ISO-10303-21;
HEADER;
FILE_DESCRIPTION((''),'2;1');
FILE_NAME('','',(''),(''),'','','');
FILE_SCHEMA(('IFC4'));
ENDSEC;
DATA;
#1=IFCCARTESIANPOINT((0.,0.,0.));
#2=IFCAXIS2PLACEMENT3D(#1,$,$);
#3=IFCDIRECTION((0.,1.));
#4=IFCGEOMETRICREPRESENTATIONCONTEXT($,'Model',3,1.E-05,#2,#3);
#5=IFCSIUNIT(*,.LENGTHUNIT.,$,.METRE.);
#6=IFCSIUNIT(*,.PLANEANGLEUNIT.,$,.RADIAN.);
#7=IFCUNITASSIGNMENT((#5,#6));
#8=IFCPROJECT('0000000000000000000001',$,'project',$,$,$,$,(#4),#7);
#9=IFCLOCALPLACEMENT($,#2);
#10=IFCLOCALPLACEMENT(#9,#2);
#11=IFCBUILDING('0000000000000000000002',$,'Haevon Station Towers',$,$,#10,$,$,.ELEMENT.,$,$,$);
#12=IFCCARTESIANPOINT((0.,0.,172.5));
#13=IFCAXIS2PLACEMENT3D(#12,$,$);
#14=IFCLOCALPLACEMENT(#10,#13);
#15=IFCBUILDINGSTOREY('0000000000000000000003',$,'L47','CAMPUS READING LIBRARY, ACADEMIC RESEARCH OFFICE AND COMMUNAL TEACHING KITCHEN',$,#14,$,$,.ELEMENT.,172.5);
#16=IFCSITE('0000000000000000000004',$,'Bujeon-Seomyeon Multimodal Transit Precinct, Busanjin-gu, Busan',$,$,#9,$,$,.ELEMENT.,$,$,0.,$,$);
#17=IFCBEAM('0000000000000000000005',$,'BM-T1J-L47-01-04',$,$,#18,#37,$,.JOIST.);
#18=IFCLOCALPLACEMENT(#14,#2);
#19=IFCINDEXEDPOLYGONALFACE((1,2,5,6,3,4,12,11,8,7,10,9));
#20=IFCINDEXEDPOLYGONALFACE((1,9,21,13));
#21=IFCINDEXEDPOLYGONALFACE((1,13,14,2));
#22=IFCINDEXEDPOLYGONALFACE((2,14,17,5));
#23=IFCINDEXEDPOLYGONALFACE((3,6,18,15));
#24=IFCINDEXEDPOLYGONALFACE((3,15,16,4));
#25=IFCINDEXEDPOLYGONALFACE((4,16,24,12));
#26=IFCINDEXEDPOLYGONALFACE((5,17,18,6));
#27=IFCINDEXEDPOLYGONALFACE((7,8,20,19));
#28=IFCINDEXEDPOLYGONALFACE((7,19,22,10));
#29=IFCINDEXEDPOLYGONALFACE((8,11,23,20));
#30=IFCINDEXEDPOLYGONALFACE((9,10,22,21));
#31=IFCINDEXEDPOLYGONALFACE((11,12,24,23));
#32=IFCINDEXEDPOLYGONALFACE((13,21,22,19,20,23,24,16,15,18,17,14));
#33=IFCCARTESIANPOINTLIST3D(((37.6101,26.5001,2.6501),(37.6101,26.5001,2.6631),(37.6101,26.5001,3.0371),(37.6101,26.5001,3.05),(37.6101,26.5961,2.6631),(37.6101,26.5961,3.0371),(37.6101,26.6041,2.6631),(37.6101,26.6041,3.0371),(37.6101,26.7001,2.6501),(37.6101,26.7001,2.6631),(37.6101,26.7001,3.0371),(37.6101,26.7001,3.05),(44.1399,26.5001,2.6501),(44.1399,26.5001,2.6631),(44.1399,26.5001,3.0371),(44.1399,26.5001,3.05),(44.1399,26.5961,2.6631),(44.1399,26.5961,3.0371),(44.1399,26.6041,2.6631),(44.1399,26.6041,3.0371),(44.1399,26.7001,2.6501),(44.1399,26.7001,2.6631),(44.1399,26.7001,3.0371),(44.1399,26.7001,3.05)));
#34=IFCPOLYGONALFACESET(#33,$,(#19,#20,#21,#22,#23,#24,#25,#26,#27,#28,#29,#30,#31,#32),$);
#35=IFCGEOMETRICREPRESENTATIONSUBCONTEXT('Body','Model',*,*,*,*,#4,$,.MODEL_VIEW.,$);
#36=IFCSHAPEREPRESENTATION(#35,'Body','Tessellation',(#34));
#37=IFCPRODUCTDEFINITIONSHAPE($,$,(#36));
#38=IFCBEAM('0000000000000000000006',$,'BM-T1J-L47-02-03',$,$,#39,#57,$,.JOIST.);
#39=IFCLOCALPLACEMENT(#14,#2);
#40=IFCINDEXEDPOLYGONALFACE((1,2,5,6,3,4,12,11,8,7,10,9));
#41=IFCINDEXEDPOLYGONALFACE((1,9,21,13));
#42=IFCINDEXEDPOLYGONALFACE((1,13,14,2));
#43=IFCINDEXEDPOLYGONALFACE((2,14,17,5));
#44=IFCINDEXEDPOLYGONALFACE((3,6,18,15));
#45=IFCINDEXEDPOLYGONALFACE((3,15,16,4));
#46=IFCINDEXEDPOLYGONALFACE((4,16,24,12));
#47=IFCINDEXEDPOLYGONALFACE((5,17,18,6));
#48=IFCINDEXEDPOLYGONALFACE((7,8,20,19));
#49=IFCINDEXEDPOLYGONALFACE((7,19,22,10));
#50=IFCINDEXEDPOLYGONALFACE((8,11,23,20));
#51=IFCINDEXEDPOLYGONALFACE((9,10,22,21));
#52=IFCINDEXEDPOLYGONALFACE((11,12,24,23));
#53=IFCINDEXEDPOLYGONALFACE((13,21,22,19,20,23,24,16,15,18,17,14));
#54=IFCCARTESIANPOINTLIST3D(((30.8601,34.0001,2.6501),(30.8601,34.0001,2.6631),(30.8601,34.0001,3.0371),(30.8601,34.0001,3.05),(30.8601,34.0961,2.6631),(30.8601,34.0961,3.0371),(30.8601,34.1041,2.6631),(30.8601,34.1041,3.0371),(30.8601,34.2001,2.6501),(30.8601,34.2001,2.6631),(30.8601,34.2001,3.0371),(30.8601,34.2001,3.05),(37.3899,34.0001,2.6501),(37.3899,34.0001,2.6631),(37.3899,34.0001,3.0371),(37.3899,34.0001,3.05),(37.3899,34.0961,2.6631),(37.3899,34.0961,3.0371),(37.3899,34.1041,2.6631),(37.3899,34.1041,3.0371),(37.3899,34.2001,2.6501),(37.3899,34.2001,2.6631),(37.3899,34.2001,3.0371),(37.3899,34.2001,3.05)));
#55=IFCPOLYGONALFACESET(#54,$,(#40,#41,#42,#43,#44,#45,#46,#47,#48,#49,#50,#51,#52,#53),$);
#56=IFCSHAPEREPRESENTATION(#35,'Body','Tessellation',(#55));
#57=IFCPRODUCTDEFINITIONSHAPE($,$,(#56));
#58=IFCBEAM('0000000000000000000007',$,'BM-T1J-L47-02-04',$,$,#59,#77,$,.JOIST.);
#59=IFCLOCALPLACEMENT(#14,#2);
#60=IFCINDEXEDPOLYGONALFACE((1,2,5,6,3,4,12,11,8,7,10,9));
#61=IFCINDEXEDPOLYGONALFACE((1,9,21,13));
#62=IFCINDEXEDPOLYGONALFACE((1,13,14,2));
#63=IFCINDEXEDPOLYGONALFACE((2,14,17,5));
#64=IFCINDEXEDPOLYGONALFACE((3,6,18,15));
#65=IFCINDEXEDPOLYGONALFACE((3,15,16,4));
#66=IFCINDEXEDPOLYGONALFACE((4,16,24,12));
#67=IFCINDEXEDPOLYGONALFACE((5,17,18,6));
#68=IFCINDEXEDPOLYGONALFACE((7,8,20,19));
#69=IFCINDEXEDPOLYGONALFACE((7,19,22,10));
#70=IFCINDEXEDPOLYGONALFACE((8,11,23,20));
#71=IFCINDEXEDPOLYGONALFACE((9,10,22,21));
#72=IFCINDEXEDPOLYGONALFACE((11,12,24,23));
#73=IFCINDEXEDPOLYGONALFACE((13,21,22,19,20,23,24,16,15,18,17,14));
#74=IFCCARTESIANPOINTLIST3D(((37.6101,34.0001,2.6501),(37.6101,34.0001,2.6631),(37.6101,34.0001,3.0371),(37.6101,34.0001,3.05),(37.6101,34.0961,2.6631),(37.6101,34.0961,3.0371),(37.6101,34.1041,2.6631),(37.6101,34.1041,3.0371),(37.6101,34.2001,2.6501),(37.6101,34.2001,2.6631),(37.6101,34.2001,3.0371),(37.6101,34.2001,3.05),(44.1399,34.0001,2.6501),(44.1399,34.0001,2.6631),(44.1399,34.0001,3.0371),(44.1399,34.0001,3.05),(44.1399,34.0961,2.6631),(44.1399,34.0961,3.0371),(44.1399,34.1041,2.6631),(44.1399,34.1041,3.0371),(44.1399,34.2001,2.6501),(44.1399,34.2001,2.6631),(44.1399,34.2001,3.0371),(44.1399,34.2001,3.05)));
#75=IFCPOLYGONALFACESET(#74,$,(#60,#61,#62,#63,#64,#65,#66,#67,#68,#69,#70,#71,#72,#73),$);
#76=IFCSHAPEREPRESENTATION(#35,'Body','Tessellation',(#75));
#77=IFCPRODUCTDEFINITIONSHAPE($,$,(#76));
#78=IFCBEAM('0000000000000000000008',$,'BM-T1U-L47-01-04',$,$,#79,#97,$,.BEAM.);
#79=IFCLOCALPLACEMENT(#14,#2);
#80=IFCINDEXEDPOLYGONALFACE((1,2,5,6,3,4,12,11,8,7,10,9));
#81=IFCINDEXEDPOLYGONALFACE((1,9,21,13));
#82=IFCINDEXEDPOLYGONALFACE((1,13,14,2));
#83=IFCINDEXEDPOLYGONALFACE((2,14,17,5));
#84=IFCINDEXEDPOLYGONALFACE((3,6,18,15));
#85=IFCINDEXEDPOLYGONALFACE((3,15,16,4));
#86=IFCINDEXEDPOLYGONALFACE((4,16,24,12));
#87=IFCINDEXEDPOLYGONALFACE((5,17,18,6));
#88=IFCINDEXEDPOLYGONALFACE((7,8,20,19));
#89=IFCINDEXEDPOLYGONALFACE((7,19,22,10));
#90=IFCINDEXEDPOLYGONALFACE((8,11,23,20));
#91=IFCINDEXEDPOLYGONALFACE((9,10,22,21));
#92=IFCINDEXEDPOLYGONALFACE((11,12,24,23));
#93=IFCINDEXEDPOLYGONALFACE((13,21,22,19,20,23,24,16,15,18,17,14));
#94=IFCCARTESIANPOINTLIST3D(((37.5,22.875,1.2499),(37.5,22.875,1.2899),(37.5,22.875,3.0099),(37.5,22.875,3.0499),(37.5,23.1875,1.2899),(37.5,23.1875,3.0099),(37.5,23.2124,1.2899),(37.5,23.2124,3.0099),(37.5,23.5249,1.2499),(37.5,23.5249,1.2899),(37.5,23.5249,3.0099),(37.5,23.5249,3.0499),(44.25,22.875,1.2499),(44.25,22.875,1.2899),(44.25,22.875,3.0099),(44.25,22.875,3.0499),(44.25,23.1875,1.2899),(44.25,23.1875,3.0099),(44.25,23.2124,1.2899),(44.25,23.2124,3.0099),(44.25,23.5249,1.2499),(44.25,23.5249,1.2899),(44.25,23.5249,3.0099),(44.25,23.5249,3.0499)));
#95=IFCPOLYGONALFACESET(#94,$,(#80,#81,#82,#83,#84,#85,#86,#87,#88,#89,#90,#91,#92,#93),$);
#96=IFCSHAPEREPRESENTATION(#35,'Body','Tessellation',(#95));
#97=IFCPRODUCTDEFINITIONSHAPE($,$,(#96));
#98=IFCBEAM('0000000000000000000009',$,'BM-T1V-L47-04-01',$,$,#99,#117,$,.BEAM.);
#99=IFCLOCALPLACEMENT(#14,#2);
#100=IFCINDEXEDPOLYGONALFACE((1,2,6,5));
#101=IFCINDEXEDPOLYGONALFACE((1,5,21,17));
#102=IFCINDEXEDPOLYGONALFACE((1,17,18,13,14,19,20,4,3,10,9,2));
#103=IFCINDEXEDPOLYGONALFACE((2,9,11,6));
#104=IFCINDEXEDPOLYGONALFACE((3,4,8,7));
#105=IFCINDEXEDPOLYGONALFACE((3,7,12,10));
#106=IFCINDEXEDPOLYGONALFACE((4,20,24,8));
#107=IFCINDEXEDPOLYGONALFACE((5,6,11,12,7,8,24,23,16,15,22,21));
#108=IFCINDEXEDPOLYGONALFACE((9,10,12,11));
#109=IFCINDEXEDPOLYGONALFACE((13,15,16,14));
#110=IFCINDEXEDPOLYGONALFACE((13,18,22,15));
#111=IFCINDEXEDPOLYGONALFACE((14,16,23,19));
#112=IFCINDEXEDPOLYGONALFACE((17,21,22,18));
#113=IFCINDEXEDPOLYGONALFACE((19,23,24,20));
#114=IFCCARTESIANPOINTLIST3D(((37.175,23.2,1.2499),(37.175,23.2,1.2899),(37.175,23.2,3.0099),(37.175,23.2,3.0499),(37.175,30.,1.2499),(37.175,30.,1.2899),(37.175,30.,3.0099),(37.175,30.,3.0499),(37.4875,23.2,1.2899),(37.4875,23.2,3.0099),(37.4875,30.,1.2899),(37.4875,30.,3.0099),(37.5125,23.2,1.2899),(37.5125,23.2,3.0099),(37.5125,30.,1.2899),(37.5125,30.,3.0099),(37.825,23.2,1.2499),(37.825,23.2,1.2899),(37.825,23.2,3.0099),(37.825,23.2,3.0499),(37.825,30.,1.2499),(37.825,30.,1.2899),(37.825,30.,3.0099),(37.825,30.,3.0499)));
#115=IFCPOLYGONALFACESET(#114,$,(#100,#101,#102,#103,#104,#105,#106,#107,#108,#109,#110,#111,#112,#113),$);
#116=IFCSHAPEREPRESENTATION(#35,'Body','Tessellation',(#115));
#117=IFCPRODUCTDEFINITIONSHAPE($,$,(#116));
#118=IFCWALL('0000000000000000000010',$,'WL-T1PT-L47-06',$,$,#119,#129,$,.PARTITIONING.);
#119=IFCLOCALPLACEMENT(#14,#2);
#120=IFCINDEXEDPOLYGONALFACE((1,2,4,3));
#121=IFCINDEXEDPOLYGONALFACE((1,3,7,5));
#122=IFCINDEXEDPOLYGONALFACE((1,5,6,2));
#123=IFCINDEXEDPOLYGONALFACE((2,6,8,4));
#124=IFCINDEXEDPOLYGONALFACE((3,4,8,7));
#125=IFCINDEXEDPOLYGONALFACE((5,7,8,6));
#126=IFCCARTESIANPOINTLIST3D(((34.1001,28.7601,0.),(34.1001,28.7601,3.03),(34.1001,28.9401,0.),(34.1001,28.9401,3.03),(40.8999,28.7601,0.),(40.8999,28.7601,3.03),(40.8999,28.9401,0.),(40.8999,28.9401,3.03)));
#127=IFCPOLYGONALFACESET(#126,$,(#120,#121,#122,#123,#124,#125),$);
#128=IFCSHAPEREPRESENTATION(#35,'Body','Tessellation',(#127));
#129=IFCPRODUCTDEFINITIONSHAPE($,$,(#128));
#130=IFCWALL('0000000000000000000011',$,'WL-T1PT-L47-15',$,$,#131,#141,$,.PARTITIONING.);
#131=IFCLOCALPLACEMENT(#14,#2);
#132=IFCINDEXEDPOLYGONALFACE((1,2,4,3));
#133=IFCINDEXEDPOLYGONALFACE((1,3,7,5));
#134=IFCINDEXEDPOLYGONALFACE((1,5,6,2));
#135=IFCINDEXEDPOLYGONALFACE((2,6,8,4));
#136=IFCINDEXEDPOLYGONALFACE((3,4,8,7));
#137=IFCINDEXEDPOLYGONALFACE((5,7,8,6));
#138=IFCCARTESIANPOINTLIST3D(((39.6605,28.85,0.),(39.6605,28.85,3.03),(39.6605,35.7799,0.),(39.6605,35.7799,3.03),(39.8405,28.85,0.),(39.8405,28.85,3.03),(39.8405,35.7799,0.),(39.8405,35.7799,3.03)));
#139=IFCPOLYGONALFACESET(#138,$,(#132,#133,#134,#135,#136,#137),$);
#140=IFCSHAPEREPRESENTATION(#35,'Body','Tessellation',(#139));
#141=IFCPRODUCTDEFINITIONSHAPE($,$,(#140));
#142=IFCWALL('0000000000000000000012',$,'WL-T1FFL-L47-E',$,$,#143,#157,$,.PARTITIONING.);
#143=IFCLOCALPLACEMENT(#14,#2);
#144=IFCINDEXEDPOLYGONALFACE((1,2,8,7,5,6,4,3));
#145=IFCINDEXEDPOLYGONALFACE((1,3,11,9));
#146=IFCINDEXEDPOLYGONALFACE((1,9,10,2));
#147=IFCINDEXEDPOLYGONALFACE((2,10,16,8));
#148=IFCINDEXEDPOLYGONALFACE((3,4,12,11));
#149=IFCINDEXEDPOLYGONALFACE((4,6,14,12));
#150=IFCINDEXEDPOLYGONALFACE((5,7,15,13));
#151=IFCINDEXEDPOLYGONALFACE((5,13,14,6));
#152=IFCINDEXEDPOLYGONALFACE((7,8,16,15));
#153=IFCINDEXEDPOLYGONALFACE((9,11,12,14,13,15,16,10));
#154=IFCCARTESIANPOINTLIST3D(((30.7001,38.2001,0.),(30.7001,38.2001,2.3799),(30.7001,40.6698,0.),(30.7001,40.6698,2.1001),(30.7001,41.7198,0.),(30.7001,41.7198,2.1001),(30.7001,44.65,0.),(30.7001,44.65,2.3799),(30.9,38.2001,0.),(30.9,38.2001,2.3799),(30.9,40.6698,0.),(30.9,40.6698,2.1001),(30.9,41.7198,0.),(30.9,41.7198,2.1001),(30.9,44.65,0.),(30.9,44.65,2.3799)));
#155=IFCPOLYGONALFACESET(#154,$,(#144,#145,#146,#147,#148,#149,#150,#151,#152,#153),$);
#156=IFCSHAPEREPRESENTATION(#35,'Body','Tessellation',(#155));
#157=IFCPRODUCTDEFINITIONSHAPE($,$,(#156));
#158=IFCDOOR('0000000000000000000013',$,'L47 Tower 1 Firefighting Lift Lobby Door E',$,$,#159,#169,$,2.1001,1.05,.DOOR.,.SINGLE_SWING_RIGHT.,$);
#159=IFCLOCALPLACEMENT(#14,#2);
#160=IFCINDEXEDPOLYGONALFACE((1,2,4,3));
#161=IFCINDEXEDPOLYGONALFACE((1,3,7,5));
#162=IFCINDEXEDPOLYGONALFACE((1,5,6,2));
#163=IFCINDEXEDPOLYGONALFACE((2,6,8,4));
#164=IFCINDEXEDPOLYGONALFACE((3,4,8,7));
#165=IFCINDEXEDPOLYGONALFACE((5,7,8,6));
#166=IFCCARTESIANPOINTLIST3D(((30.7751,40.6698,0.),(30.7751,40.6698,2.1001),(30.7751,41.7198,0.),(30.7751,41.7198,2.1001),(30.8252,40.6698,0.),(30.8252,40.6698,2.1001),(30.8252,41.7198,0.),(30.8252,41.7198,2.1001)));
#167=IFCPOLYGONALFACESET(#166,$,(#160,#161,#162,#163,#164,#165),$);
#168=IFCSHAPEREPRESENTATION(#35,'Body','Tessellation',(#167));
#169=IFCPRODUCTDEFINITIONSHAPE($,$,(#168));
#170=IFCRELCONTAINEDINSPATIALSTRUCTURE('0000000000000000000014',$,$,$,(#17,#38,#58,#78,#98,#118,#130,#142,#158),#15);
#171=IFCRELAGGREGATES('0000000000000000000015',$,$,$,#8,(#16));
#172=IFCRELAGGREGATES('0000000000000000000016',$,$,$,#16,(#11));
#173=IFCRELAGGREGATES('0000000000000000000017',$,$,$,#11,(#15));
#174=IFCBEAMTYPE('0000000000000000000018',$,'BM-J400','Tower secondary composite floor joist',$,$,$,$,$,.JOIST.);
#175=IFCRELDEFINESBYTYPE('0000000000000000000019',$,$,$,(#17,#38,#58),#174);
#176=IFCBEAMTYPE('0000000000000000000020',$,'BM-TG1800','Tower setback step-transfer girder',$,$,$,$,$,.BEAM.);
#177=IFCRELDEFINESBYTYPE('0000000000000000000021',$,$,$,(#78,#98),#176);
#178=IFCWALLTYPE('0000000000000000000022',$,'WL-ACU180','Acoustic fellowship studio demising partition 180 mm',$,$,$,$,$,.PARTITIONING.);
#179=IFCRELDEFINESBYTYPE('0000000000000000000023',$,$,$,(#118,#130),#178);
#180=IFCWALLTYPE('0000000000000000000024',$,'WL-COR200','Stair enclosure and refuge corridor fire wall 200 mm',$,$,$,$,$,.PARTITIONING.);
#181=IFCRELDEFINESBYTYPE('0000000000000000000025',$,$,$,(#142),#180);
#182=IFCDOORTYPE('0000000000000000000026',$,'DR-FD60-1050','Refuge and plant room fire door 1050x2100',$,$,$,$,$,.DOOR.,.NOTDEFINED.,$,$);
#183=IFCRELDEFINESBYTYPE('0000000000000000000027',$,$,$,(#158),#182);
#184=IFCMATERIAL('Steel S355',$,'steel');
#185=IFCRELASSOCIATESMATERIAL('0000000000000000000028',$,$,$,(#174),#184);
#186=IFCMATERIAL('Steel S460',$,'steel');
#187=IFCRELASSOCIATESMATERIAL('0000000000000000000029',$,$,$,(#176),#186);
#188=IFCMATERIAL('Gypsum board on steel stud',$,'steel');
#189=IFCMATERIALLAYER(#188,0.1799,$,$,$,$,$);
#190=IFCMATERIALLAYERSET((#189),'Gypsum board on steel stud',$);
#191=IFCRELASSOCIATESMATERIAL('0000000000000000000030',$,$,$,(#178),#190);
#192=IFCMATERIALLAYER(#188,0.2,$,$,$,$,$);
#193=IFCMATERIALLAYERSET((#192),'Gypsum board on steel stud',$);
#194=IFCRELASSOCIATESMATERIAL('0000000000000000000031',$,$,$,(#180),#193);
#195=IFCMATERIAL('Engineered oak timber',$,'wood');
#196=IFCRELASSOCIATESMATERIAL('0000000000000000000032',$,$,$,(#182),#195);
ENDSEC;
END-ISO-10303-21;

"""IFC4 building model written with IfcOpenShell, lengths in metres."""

from ifc_helpers import new_model, si_unit, direction, frame, frame_2d, origin, origin_2d, place, context, subcontext, project, spatial, rectangle, i_section, extrude, material, layer, layer_set, material_profile, profile_set, type_object, element, fill, save


model = new_model("IFC4")

# Units and contexts
model_context = context("Model", 3, precision=1e-05, world=origin(), true_north=direction((0.0, 1.0)))
body_context = subcontext(model_context, "Body", "Model", "MODEL_VIEW")
ifc_project = project(units=[si_unit("LENGTHUNIT", "METRE"), si_unit("PLANEANGLEUNIT", "RADIAN")], contexts=[model_context])

# Site, building, storey
site_placement = place(None, origin())
site = spatial("IfcSite", under=ifc_project, at=site_placement, Name="Bujeon-Seomyeon Multimodal Transit Precinct, Busanjin-gu, Busan", CompositionType="ELEMENT", RefElevation=0.0)
building_placement = place(site_placement, origin())
building = spatial("IfcBuilding", under=site, at=building_placement, Name="Haevon Station Towers", CompositionType="ELEMENT")
storey_placement = place(building_placement, frame((0.0, 0.0, 172.5)))
storey = spatial("IfcBuildingStorey", under=building, at=storey_placement, Name="L47", Description="CAMPUS READING LIBRARY, ACADEMIC RESEARCH OFFICE AND COMMUNAL TEACHING KITCHEN", CompositionType="ELEMENT", Elevation=172.5)

# Shared definitions
ifc_material_1 = material(Name="Steel S355", Category="steel")

# Beams
ifc_material_profile_1 = material_profile(ifc_material_1, i_section(OverallWidth=0.2, OverallDepth=0.3999, WebThickness=0.0081, FlangeThickness=0.0129, at=origin_2d()), Name="H-400x200x8x13")
ifc_profile_set_1 = profile_set([ifc_material_profile_1], Name="Steel S355")
beam_type_1 = type_object("IfcBeamType", Name="BM-J400", Description="Tower secondary composite floor joist", PredefinedType="JOIST", material=ifc_profile_set_1)
for number, where, z_axis, x_axis, name in (
    (1, (37.6101, 26.6001, 2.8501), (1.0, 0.0, 0.0), (0.0, 1.0, 0.0), "BM-T1J-L47-01-04"),
    (2, (30.8601, 34.1001, 2.8501), (1.0, 0.0, 0.0), (0.0, 1.0, 0.0), "BM-T1J-L47-02-03"),
    (3, (37.6101, 34.1001, 2.8501), (1.0, 0.0, 0.0), (0.0, 1.0, 0.0), "BM-T1J-L47-02-04"),
):
    element("IfcBeam", number, at=place(storey_placement, frame(where, z_axis=z_axis, x_axis=x_axis)), inside=storey, type_object=beam_type_1, Name=name, PredefinedType="JOIST", context=body_context, shape_type="SweptSolid", body=[
        extrude(i_section(OverallWidth=0.2, OverallDepth=0.3999, WebThickness=0.0081, FlangeThickness=0.0129, at=origin_2d()), origin(), (0.0, 0.0, 1.0), 6.5298),
    ])
ifc_material_2 = material(Name="Steel S460", Category="steel")
ifc_material_profile_2 = material_profile(ifc_material_2, i_section(OverallWidth=0.6499, OverallDepth=1.8, WebThickness=0.0249, FlangeThickness=0.04, at=origin_2d()), Name="H-1800x650x25x40")
ifc_profile_set_2 = profile_set([ifc_material_profile_2], Name="Steel S460")
beam_type_2 = type_object("IfcBeamType", Name="BM-TG1800", Description="Tower setback step-transfer girder", PredefinedType="BEAM", material=ifc_profile_set_2)
beam_1_placement = place(storey_placement, frame((37.5, 23.2, 2.1499), z_axis=(1.0, 0.0, 0.0), x_axis=(0.0, 1.0, 0.0)))
element("IfcBeam", 4, at=beam_1_placement, inside=storey, type_object=beam_type_2, Name="BM-T1U-L47-01-04", PredefinedType="BEAM", context=body_context, shape_type="SweptSolid", body=[
    extrude(i_section(OverallWidth=0.6499, OverallDepth=1.8, WebThickness=0.0249, FlangeThickness=0.04, at=origin_2d()), origin(), (0.0, 0.0, 1.0), 6.75),
])
beam_2_placement = place(storey_placement, frame((37.5, 23.2, 2.1499), z_axis=(0.0, 1.0, 0.0), x_axis=(-1.0, 0.0, 0.0)))
element("IfcBeam", 5, at=beam_2_placement, inside=storey, type_object=beam_type_2, Name="BM-T1V-L47-04-01", PredefinedType="BEAM", context=body_context, shape_type="SweptSolid", body=[
    extrude(i_section(OverallWidth=0.6499, OverallDepth=1.8, WebThickness=0.0249, FlangeThickness=0.04, at=origin_2d()), origin(), (0.0, 0.0, 1.0), 6.8),
])

# Walls
ifc_material_3 = material(Name="Gypsum board on steel stud", Category="steel")
ifc_layer_1 = layer(ifc_material_3, 0.1799)
ifc_layer_set_1 = layer_set([ifc_layer_1], Name="Gypsum board on steel stud")
wall_type_1 = type_object("IfcWallType", Name="WL-ACU180", Description="Acoustic fellowship studio demising partition 180 mm", PredefinedType="PARTITIONING", material=ifc_layer_set_1)
wall_1_placement = place(storey_placement, frame((34.1001, 28.8501, 0.0), z_axis=(0.0, 0.0, 1.0), x_axis=(1.0, 0.0, 0.0)))
element("IfcWall", 6, at=wall_1_placement, inside=storey, type_object=wall_type_1, Name="WL-T1PT-L47-06", PredefinedType="PARTITIONING", context=body_context, shape_type="SweptSolid", body=[
    extrude(rectangle(XDim=6.7998, YDim=0.1799, at=frame_2d((3.3999, 0.0))), origin(), (0.0, 0.0, 1.0), 3.03),
])
wall_2_placement = place(storey_placement, frame((39.7505, 28.8501, 0.0), z_axis=(0.0, 0.0, 1.0), x_axis=(0.0, 1.0, 0.0)))
element("IfcWall", 7, at=wall_2_placement, inside=storey, type_object=wall_type_1, Name="WL-T1PT-L47-15", PredefinedType="PARTITIONING", context=body_context, shape_type="SweptSolid", body=[
    extrude(rectangle(XDim=6.9299, YDim=0.1799, at=frame_2d((3.4648, 0.0))), origin(), (0.0, 0.0, 1.0), 3.03),
])

# Wall, opening, door
ifc_layer_2 = layer(ifc_material_3, 0.2)
ifc_layer_set_2 = layer_set([ifc_layer_2], Name="Gypsum board on steel stud")
wall_type_2 = type_object("IfcWallType", Name="WL-COR200", Description="Stair enclosure and refuge corridor fire wall 200 mm", PredefinedType="PARTITIONING", material=ifc_layer_set_2)
wall_3_placement = place(storey_placement, frame((30.8, 38.2, 0.0), z_axis=(0.0, 0.0, 1.0), x_axis=(0.0, 1.0, 0.0)))
wall_3 = element("IfcWall", 8, at=wall_3_placement, inside=storey, type_object=wall_type_2, Name="WL-T1FFL-L47-E", PredefinedType="PARTITIONING", context=body_context, shape_type="SweptSolid", body=[
    extrude(rectangle(XDim=6.45, YDim=0.2, at=frame_2d((3.2251, 0.0))), origin(), (0.0, 0.0, 1.0), 2.3799),
])
opening_1_placement = place(wall_3_placement, frame((2.47, 0.0, 0.0)))
opening_1 = element("IfcOpeningElement", 9, at=opening_1_placement, cuts=wall_3, PredefinedType="OPENING", context=body_context, shape_type="SweptSolid", body=[
    extrude(rectangle(XDim=1.05, YDim=2.1001, at=frame_2d((0.5249, 1.05))), frame((0.0, 0.1099, 0.0), z_axis=(0.0, -1.0, 0.0), x_axis=(1.0, 0.0, 0.0)), (0.0, 0.0, 1.0), 0.22),
])
ifc_material_4 = material(Name="Engineered oak timber", Category="wood")
door_type_1 = type_object("IfcDoorType", Name="DR-FD60-1050", Description="Refuge and plant room fire door 1050x2100", OperationType="NOTDEFINED", PredefinedType="DOOR", material=ifc_material_4)
door_1_placement = place(opening_1_placement, origin())
door_1 = element("IfcDoor", 10, at=door_1_placement, inside=storey, type_object=door_type_1, Name="L47 Tower 1 Firefighting Lift Lobby Door E", OperationType="SINGLE_SWING_RIGHT", OverallHeight=2.1001, OverallWidth=1.05, PredefinedType="DOOR", context=body_context, shape_type="SweptSolid", body=[
    extrude(rectangle(XDim=1.05, YDim=2.1001, at=frame_2d((0.5249, 1.05))), frame((0.0, 0.0249, 0.0), z_axis=(0.0, -1.0, 0.0), x_axis=(1.0, 0.0, 0.0)), (0.0, 0.0, 1.0), 0.05),
])
fill(opening_1, door_1)

save(model, "model.ifc")
